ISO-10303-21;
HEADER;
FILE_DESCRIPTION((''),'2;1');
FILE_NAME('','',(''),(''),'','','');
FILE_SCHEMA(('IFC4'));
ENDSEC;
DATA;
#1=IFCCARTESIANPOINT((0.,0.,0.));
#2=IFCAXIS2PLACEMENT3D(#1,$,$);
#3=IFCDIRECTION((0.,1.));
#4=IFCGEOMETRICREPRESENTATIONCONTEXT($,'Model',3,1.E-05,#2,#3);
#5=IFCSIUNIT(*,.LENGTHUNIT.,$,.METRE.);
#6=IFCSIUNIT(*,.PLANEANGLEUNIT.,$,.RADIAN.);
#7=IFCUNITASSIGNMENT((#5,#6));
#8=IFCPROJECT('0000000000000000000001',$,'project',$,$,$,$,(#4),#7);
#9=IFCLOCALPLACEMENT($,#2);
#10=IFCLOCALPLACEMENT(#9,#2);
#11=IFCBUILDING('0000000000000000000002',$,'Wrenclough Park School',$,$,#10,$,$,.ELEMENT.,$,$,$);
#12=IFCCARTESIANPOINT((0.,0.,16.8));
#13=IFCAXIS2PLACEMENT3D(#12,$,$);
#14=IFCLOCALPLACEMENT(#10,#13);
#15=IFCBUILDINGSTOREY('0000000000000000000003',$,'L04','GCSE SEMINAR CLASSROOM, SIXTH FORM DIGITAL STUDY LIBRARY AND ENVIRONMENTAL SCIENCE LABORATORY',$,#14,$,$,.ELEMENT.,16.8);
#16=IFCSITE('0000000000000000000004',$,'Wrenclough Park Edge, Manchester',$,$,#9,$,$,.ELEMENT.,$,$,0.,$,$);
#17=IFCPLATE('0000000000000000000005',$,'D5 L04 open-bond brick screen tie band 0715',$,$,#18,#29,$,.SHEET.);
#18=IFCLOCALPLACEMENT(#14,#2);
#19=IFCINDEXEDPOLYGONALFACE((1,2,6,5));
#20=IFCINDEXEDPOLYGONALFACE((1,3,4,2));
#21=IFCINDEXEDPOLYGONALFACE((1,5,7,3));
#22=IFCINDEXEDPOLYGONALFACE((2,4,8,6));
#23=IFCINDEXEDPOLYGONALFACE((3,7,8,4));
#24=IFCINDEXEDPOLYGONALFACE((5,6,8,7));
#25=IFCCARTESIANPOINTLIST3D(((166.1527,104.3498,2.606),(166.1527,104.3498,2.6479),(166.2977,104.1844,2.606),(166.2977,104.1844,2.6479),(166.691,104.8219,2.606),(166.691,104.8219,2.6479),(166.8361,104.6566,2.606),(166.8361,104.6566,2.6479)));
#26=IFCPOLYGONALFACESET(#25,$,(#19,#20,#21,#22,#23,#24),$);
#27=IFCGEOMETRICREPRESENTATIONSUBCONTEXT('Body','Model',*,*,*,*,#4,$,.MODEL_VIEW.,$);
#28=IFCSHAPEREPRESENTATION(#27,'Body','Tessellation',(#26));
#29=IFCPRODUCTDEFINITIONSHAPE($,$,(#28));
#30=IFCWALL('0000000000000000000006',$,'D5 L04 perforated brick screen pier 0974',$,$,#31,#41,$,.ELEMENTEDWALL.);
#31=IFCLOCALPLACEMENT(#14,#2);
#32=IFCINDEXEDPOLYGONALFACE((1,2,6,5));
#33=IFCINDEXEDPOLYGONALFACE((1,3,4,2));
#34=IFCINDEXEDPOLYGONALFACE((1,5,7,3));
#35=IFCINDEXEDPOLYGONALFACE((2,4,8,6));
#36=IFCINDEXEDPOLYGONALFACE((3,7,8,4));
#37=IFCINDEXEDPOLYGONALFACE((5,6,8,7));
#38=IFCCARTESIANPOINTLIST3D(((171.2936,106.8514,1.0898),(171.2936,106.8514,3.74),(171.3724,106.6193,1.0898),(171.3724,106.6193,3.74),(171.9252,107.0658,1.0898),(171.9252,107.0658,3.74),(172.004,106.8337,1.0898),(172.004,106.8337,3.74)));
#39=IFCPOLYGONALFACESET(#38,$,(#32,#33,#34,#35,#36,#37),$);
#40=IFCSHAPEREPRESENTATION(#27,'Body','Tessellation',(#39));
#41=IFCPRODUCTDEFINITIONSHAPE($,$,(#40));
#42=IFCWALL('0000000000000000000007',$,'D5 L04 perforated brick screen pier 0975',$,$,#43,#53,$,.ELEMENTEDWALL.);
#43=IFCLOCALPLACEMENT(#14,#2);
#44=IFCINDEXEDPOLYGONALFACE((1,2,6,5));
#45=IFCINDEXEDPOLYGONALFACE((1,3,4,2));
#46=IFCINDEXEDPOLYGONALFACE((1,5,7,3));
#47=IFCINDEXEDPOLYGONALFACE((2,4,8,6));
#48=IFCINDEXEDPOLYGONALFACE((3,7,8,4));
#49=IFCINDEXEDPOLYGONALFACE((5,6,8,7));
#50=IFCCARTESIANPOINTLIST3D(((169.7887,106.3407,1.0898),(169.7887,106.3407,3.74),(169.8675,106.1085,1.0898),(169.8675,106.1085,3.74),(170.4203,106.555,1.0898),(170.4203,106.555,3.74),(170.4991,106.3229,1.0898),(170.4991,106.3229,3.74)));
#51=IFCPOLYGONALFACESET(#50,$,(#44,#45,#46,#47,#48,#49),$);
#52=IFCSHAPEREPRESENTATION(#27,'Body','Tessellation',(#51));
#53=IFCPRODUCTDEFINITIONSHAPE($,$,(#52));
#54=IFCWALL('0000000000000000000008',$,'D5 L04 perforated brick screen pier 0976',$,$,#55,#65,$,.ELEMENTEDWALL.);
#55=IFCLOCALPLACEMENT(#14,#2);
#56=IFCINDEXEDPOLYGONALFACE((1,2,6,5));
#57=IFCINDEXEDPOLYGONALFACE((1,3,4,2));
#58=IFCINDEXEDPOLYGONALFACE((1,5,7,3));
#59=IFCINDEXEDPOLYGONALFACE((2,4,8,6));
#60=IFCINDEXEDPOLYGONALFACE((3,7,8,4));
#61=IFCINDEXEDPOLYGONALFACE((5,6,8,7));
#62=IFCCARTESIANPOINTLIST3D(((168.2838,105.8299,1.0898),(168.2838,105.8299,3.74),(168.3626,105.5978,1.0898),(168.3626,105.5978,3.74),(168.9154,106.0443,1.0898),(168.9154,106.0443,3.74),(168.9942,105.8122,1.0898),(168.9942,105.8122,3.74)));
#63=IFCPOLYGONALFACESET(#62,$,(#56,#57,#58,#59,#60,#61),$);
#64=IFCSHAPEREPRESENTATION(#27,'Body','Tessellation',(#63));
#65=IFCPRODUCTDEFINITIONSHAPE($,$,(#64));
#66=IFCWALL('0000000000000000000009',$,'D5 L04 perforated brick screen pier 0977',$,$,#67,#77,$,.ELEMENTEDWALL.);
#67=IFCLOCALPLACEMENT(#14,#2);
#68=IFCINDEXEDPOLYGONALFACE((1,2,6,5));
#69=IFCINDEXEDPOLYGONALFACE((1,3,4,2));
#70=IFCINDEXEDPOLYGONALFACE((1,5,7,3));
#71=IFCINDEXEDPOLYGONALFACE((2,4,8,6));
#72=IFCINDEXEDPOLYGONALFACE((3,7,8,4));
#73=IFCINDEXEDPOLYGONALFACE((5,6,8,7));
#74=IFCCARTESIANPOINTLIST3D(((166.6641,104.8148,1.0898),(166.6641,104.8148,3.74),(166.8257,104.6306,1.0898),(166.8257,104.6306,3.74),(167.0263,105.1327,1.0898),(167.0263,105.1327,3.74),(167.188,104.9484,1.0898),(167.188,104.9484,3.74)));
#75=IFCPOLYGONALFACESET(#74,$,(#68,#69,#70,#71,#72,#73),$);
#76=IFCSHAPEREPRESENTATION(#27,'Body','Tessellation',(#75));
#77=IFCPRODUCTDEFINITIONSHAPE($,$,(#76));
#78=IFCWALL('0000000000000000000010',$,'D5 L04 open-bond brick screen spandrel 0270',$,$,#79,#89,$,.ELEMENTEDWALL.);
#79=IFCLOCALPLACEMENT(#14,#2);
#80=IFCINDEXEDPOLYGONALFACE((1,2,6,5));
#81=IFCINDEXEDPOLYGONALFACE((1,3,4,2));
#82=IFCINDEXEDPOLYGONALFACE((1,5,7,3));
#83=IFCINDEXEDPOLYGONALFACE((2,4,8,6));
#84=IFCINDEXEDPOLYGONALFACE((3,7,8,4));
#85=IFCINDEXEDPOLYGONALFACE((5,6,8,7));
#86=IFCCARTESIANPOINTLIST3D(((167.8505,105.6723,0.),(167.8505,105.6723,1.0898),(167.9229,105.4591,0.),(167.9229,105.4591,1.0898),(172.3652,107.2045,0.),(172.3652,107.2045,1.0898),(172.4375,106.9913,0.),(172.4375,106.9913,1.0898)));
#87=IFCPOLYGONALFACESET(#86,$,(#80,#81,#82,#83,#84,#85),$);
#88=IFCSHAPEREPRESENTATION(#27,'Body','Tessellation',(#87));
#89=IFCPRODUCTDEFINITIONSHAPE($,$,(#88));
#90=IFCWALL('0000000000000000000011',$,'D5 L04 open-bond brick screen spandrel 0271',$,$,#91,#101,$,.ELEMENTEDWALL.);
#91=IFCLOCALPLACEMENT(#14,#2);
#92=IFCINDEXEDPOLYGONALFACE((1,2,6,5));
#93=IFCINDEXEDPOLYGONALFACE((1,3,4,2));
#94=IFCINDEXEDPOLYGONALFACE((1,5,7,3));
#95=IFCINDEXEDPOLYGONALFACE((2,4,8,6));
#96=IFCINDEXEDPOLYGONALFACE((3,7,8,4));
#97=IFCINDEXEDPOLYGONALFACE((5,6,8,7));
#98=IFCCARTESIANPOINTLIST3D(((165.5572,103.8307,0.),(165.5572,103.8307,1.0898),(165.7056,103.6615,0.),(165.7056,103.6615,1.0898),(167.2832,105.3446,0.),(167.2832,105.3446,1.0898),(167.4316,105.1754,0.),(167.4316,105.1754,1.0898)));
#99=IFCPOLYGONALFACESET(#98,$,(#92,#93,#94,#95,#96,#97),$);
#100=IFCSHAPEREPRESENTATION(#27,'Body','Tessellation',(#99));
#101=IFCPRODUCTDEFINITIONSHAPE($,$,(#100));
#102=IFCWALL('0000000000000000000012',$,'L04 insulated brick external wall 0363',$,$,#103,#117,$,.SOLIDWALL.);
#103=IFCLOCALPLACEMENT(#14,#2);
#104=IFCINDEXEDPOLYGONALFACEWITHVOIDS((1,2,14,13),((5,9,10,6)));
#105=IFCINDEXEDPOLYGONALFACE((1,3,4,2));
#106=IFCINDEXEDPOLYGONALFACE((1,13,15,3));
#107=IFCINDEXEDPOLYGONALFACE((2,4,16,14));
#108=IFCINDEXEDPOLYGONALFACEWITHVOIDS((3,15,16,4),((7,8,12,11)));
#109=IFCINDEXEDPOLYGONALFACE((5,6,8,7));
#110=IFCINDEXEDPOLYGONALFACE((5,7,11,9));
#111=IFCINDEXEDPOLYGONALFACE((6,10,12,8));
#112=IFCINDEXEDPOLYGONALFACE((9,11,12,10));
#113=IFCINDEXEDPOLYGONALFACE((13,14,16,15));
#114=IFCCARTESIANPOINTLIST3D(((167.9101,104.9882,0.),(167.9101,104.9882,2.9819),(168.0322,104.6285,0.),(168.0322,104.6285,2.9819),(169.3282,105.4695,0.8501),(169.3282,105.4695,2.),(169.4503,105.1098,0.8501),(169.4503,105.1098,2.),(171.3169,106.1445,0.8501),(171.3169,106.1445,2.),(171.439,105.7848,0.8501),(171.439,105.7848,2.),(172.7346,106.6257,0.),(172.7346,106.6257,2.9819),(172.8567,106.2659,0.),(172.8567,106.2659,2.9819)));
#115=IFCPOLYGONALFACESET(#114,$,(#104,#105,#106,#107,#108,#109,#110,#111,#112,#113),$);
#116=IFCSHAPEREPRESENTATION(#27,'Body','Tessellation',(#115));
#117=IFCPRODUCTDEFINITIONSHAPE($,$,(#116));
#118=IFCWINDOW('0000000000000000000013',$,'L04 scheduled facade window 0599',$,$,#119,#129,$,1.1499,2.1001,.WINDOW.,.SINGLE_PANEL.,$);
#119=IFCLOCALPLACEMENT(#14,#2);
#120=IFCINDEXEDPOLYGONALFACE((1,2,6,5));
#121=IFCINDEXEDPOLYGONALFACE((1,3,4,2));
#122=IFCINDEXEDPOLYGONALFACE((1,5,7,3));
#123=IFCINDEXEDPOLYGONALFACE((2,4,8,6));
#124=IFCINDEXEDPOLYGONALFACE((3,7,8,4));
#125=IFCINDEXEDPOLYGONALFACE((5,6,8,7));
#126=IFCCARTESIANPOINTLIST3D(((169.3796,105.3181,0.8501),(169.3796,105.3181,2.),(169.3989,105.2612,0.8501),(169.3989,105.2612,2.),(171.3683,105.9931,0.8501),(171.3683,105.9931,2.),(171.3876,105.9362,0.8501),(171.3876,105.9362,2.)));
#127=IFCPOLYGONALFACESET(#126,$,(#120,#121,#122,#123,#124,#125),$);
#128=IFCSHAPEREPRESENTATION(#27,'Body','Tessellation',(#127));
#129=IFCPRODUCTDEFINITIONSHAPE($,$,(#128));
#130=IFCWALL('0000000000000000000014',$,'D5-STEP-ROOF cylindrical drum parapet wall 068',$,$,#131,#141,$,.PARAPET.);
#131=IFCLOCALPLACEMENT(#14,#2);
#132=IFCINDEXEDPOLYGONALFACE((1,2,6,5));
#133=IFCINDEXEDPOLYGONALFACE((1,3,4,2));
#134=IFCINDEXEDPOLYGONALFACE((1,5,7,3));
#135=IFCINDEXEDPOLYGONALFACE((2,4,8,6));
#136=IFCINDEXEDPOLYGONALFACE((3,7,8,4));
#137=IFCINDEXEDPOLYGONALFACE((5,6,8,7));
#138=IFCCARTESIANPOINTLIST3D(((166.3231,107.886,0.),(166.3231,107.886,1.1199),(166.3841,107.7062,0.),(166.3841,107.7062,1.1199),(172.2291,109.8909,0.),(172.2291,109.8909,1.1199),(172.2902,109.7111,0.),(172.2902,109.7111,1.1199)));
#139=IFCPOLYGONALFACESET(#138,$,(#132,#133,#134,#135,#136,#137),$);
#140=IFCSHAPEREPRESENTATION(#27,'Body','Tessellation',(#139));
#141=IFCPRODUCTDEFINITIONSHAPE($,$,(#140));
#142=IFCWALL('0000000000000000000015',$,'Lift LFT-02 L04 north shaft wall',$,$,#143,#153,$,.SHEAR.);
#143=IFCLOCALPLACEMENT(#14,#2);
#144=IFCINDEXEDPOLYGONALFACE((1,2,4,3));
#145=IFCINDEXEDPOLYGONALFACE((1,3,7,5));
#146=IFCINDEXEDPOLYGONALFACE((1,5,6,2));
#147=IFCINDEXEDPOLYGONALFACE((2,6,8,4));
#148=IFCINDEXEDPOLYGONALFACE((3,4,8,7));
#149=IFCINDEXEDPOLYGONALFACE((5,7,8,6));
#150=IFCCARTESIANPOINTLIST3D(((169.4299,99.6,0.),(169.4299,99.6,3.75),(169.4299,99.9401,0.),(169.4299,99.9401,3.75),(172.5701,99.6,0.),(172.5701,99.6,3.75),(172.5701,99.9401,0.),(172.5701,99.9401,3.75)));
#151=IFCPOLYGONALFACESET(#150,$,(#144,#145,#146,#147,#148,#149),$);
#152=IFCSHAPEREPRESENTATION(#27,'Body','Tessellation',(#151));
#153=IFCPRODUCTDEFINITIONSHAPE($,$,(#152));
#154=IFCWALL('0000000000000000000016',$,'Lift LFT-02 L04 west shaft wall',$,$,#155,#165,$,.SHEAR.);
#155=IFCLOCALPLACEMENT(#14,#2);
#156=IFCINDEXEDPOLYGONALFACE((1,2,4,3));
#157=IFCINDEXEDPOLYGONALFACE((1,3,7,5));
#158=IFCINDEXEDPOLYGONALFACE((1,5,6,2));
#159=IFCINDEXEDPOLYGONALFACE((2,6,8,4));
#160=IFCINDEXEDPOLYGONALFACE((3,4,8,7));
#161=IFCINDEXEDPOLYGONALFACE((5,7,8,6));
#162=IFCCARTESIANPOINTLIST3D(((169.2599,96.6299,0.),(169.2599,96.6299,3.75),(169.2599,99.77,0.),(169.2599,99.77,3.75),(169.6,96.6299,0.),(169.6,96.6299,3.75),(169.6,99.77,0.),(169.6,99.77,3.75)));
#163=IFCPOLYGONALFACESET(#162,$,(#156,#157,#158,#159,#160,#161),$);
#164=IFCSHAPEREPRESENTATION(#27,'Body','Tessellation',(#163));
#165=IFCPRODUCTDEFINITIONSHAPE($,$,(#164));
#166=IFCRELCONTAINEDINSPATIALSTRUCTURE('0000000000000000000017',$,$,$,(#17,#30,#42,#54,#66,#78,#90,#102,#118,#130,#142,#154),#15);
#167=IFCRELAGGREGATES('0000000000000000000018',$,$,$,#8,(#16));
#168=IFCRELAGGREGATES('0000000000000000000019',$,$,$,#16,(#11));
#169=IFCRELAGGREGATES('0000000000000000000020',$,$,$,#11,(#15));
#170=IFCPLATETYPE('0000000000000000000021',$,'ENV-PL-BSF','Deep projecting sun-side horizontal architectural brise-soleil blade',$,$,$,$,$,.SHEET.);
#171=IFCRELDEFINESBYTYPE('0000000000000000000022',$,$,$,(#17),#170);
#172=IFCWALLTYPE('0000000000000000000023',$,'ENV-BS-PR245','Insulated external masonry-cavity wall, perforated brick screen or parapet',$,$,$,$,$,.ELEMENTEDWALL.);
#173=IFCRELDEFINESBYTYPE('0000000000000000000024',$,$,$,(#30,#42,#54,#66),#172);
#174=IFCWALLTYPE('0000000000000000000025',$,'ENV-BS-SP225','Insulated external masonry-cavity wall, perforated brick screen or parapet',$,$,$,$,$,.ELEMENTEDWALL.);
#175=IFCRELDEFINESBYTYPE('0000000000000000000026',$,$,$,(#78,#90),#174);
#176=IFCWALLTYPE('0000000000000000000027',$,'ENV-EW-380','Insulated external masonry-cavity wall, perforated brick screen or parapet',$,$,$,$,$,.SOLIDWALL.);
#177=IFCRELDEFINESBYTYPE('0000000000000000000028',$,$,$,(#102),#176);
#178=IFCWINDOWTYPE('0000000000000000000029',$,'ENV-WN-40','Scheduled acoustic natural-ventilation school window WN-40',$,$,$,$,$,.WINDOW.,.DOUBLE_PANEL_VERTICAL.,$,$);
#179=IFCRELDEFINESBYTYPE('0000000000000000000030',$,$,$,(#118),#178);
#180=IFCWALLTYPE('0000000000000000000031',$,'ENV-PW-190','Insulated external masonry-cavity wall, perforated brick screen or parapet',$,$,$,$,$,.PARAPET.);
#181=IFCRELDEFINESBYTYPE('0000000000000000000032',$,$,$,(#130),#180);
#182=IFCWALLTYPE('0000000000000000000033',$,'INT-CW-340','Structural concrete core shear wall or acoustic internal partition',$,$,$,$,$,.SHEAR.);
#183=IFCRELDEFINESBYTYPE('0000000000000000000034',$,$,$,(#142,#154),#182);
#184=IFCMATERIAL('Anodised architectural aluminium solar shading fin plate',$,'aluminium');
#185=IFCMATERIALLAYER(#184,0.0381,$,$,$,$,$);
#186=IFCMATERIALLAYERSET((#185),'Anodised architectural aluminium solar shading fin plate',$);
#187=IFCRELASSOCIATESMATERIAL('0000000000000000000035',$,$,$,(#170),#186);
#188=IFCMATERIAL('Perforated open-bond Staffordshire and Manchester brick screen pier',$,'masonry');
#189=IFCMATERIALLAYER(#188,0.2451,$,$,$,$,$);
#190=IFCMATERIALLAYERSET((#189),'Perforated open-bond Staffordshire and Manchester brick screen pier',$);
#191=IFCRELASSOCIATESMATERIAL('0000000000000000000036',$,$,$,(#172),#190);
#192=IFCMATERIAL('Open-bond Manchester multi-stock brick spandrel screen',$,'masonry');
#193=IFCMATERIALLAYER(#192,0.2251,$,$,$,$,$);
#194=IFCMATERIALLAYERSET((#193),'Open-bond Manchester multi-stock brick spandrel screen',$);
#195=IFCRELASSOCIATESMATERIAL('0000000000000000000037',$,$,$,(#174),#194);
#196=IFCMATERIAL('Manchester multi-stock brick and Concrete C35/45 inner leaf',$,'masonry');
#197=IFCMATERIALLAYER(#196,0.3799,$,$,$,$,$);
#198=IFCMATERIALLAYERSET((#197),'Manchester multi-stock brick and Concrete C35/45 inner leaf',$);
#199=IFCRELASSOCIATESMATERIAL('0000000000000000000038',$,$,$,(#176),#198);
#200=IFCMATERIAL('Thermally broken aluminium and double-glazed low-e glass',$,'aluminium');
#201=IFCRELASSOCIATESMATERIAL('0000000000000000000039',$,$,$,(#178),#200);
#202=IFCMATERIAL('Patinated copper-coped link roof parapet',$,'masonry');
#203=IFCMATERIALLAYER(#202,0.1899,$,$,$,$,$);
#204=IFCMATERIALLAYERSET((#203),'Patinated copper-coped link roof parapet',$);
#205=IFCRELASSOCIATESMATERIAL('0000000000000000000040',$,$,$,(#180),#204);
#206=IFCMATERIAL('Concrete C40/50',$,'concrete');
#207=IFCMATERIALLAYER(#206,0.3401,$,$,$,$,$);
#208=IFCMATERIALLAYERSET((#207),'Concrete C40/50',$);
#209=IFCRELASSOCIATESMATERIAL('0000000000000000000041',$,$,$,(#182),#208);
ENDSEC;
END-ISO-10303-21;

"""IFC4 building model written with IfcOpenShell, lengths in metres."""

from ifc_helpers import new_model, si_unit, direction, frame, frame_2d, origin, origin_2d, place, context, subcontext, project, spatial, rectangle, extrude, material, layer, layer_set, type_object, element, fill, save


model = new_model("IFC4")

# Units and contexts
model_context = context("Model", 3, precision=1e-05, world=origin(), true_north=direction((0.0, 1.0)))
body_context = subcontext(model_context, "Body", "Model", "MODEL_VIEW")
ifc_project = project(units=[si_unit("LENGTHUNIT", "METRE"), si_unit("PLANEANGLEUNIT", "RADIAN")], contexts=[model_context])

# Site, building, storey
site_placement = place(None, origin())
site = spatial("IfcSite", under=ifc_project, at=site_placement, Name="Wrenclough Park Edge, Manchester", CompositionType="ELEMENT", RefElevation=0.0)
building_placement = place(site_placement, origin())
building = spatial("IfcBuilding", under=site, at=building_placement, Name="Wrenclough Park School", CompositionType="ELEMENT")
storey_placement = place(building_placement, frame((0.0, 0.0, 16.8)))
storey = spatial("IfcBuildingStorey", under=building, at=storey_placement, Name="L04", Description="GCSE SEMINAR CLASSROOM, SIXTH FORM DIGITAL STUDY LIBRARY AND ENVIRONMENTAL SCIENCE LABORATORY", CompositionType="ELEMENT", Elevation=16.8)

# Shared definitions
ifc_material_1 = material(Name="Concrete C40/50", Category="concrete")

# Plate
ifc_material_2 = material(Name="Anodised architectural aluminium solar shading fin plate", Category="aluminium")
ifc_layer_1 = layer(ifc_material_2, 0.0381)
ifc_layer_set_1 = layer_set([ifc_layer_1], Name="Anodised architectural aluminium solar shading fin plate")
plate_type = type_object("IfcPlateType", Name="ENV-PL-BSF", Description="Deep projecting sun-side horizontal architectural brise-soleil blade", PredefinedType="SHEET", material=ifc_layer_set_1)
plate_placement = place(storey_placement, frame((166.4944, 104.5032, 2.606), z_axis=(0.0, 0.0, 1.0), x_axis=(-0.751826, -0.659361, 0.0)))
element("IfcPlate", 1, at=plate_placement, inside=storey, type_object=plate_type, Name="D5 L04 open-bond brick screen tie band 0715", PredefinedType="SHEET", context=body_context, shape_type="SweptSolid", body=[
    extrude(rectangle(XDim=0.7161, YDim=0.22, at=origin_2d()), origin(), (0.0, 0.0, 1.0), 0.042),
])

# Walls
ifc_material_3 = material(Name="Perforated open-bond Staffordshire and Manchester brick screen pier", Category="masonry")
ifc_layer_2 = layer(ifc_material_3, 0.2451)
ifc_layer_set_2 = layer_set([ifc_layer_2], Name="Perforated open-bond Staffordshire and Manchester brick screen pier")
wall_type_1 = type_object("IfcWallType", Name="ENV-BS-PR245", Description="Insulated external masonry-cavity wall, perforated brick screen or parapet", PredefinedType="ELEMENTEDWALL", material=ifc_layer_set_2)
for number, where, z_axis, x_axis, name in (
    (2, (171.9646, 106.9497, 1.0898), (0.0, 0.0, 1.0), (-0.946949, -0.321384, 0.0), "D5 L04 perforated brick screen pier 0974"),
    (3, (170.4597, 106.439, 1.0898), (0.0, 0.0, 1.0), (-0.946949, -0.321384, 0.0), "D5 L04 perforated brick screen pier 0975"),
    (4, (168.9548, 105.9282, 1.0898), (0.0, 0.0, 1.0), (-0.946949, -0.321384, 0.0), "D5 L04 perforated brick screen pier 0976"),
):
    element("IfcWall", number, at=place(storey_placement, frame(where, z_axis=z_axis, x_axis=x_axis)), inside=storey, type_object=wall_type_1, Name=name, PredefinedType="ELEMENTEDWALL", context=body_context, shape_type="SweptSolid", body=[
        extrude(rectangle(XDim=0.667, YDim=0.2451, at=frame_2d((0.3335, 0.0))), origin(), (0.0, 0.0, 1.0), 2.6501),
    ])
wall_1_placement = place(storey_placement, frame((167.1072, 105.0405, 1.0898), z_axis=(0.0, 0.0, 1.0), x_axis=(-0.751697, -0.659508, 0.0)))
element("IfcWall", 5, at=wall_1_placement, inside=storey, type_object=wall_type_1, Name="D5 L04 perforated brick screen pier 0977", PredefinedType="ELEMENTEDWALL", context=body_context, shape_type="SweptSolid", body=[
    extrude(rectangle(XDim=0.4819, YDim=0.2451, at=frame_2d((0.241, 0.0))), origin(), (0.0, 0.0, 1.0), 2.6501),
])
ifc_material_4 = material(Name="Open-bond Manchester multi-stock brick spandrel screen", Category="masonry")
ifc_layer_3 = layer(ifc_material_4, 0.2251)
ifc_layer_set_3 = layer_set([ifc_layer_3], Name="Open-bond Manchester multi-stock brick spandrel screen")
wall_type_2 = type_object("IfcWallType", Name="ENV-BS-SP225", Description="Insulated external masonry-cavity wall, perforated brick screen or parapet", PredefinedType="ELEMENTEDWALL", material=ifc_layer_set_3)
wall_2_placement = place(storey_placement, frame((172.4014, 107.0979, 0.0), z_axis=(0.0, 0.0, 1.0), x_axis=(-0.946949, -0.321385, 0.0)))
element("IfcWall", 6, at=wall_2_placement, inside=storey, type_object=wall_type_2, Name="D5 L04 open-bond brick screen spandrel 0270", PredefinedType="ELEMENTEDWALL", context=body_context, shape_type="SweptSolid", body=[
    extrude(rectangle(XDim=4.7676, YDim=0.2251, at=frame_2d((2.3838, 0.0))), origin(), (0.0, 0.0, 1.0), 1.0898),
])
wall_3_placement = place(storey_placement, frame((167.3574, 105.26, 0.0), z_axis=(0.0, 0.0, 1.0), x_axis=(-0.751799, -0.659392, 0.0)))
element("IfcWall", 7, at=wall_3_placement, inside=storey, type_object=wall_type_2, Name="D5 L04 open-bond brick screen spandrel 0271", PredefinedType="ELEMENTEDWALL", context=body_context, shape_type="SweptSolid", body=[
    extrude(rectangle(XDim=2.2959, YDim=0.2251, at=frame_2d((1.1479, 0.0))), origin(), (0.0, 0.0, 1.0), 1.0898),
])

# Wall, opening, window
ifc_material_5 = material(Name="Manchester multi-stock brick and Concrete C35/45 inner leaf", Category="masonry")
ifc_layer_4 = layer(ifc_material_5, 0.3799)
ifc_layer_set_4 = layer_set([ifc_layer_4], Name="Manchester multi-stock brick and Concrete C35/45 inner leaf")
wall_type_3 = type_object("IfcWallType", Name="ENV-EW-380", Description="Insulated external masonry-cavity wall, perforated brick screen or parapet", PredefinedType="SOLIDWALL", material=ifc_layer_set_4)
wall_4_placement = place(storey_placement, frame((167.9712, 104.8083, 0.0), z_axis=(0.0, 0.0, 1.0), x_axis=(0.946944, 0.321398, 0.0)))
wall_4 = element("IfcWall", 8, at=wall_4_placement, inside=storey, type_object=wall_type_3, Name="L04 insulated brick external wall 0363", PredefinedType="SOLIDWALL", context=body_context, shape_type="SweptSolid", body=[
    extrude(rectangle(XDim=5.0947, YDim=0.3799, at=frame_2d((2.5474, 0.0))), origin(), (0.0, 0.0, 1.0), 2.9819),
])
opening_1_placement = place(wall_4_placement, frame((1.4976, 0.0, 0.8501)))
opening_1 = element("IfcOpeningElement", 9, at=opening_1_placement, cuts=wall_4, PredefinedType="OPENING", context=body_context, shape_type="SweptSolid", body=[
    extrude(rectangle(XDim=2.1001, YDim=1.1499, at=frame_2d((1.05, 0.575))), frame((0.0, 0.2, 0.0), z_axis=(0.0, -1.0, 0.0), x_axis=(1.0, 0.0, 0.0)), (0.0, 0.0, 1.0), 0.3999),
])
ifc_material_6 = material(Name="Thermally broken aluminium and double-glazed low-e glass", Category="aluminium")
window_type = type_object("IfcWindowType", Name="ENV-WN-40", Description="Scheduled acoustic natural-ventilation school window WN-40", PartitioningType="DOUBLE_PANEL_VERTICAL", PredefinedType="WINDOW", material=ifc_material_6)
window_placement = place(opening_1_placement, origin())
window = element("IfcWindow", 10, at=window_placement, inside=storey, type_object=window_type, Name="L04 scheduled facade window 0599", OverallHeight=1.1499, OverallWidth=2.1001, PartitioningType="SINGLE_PANEL", PredefinedType="WINDOW", context=body_context, shape_type="SweptSolid", body=[
    extrude(rectangle(XDim=2.1001, YDim=1.1499, at=frame_2d((1.05, 0.575))), frame((0.0, 0.03, 0.0), z_axis=(0.0, -1.0, 0.0), x_axis=(1.0, 0.0, 0.0)), (0.0, 0.0, 1.0), 0.0601),
])
fill(opening_1, window)

# Walls
ifc_material_7 = material(Name="Patinated copper-coped link roof parapet", Category="masonry")
ifc_layer_5 = layer(ifc_material_7, 0.1899)
ifc_layer_set_5 = layer_set([ifc_layer_5], Name="Patinated copper-coped link roof parapet")
wall_type_4 = type_object("IfcWallType", Name="ENV-PW-190", Description="Insulated external masonry-cavity wall, perforated brick screen or parapet", PredefinedType="PARAPET", material=ifc_layer_set_5)
wall_5_placement = place(storey_placement, frame((172.2598, 109.801, 0.0), z_axis=(0.0, 0.0, 1.0), x_axis=(-0.946927, -0.321449, 0.0)))
element("IfcWall", 11, at=wall_5_placement, inside=storey, type_object=wall_type_4, Name="D5-STEP-ROOF cylindrical drum parapet wall 068", PredefinedType="PARAPET", context=body_context, shape_type="SweptSolid", body=[
    extrude(rectangle(XDim=6.2371, YDim=0.1899, at=frame_2d((3.1187, 0.0))), origin(), (0.0, 0.0, 1.0), 1.1199),
])
ifc_layer_6 = layer(ifc_material_1, 0.3401)
ifc_layer_set_6 = layer_set([ifc_layer_6], Name="Concrete C40/50")
wall_type_5 = type_object("IfcWallType", Name="INT-CW-340", Description="Structural concrete core shear wall or acoustic internal partition", PredefinedType="SHEAR", material=ifc_layer_set_6)
for number, where, z_axis, x_axis, name in (
    (12, (172.5701, 99.77, 0.0), (0.0, 0.0, 1.0), (-1.0, 0.0, 0.0), "Lift LFT-02 L04 north shaft wall"),
    (13, (169.4299, 99.77, 0.0), (0.0, 0.0, 1.0), (0.0, -1.0, 0.0), "Lift LFT-02 L04 west shaft wall"),
):
    element("IfcWall", number, at=place(storey_placement, frame(where, z_axis=z_axis, x_axis=x_axis)), inside=storey, type_object=wall_type_5, Name=name, PredefinedType="SHEAR", context=body_context, shape_type="SweptSolid", body=[
        extrude(rectangle(XDim=3.1401, YDim=0.3401, at=frame_2d((1.5701, 0.0))), origin(), (0.0, 0.0, 1.0), 3.75),
    ])

save(model, "model.ifc")
